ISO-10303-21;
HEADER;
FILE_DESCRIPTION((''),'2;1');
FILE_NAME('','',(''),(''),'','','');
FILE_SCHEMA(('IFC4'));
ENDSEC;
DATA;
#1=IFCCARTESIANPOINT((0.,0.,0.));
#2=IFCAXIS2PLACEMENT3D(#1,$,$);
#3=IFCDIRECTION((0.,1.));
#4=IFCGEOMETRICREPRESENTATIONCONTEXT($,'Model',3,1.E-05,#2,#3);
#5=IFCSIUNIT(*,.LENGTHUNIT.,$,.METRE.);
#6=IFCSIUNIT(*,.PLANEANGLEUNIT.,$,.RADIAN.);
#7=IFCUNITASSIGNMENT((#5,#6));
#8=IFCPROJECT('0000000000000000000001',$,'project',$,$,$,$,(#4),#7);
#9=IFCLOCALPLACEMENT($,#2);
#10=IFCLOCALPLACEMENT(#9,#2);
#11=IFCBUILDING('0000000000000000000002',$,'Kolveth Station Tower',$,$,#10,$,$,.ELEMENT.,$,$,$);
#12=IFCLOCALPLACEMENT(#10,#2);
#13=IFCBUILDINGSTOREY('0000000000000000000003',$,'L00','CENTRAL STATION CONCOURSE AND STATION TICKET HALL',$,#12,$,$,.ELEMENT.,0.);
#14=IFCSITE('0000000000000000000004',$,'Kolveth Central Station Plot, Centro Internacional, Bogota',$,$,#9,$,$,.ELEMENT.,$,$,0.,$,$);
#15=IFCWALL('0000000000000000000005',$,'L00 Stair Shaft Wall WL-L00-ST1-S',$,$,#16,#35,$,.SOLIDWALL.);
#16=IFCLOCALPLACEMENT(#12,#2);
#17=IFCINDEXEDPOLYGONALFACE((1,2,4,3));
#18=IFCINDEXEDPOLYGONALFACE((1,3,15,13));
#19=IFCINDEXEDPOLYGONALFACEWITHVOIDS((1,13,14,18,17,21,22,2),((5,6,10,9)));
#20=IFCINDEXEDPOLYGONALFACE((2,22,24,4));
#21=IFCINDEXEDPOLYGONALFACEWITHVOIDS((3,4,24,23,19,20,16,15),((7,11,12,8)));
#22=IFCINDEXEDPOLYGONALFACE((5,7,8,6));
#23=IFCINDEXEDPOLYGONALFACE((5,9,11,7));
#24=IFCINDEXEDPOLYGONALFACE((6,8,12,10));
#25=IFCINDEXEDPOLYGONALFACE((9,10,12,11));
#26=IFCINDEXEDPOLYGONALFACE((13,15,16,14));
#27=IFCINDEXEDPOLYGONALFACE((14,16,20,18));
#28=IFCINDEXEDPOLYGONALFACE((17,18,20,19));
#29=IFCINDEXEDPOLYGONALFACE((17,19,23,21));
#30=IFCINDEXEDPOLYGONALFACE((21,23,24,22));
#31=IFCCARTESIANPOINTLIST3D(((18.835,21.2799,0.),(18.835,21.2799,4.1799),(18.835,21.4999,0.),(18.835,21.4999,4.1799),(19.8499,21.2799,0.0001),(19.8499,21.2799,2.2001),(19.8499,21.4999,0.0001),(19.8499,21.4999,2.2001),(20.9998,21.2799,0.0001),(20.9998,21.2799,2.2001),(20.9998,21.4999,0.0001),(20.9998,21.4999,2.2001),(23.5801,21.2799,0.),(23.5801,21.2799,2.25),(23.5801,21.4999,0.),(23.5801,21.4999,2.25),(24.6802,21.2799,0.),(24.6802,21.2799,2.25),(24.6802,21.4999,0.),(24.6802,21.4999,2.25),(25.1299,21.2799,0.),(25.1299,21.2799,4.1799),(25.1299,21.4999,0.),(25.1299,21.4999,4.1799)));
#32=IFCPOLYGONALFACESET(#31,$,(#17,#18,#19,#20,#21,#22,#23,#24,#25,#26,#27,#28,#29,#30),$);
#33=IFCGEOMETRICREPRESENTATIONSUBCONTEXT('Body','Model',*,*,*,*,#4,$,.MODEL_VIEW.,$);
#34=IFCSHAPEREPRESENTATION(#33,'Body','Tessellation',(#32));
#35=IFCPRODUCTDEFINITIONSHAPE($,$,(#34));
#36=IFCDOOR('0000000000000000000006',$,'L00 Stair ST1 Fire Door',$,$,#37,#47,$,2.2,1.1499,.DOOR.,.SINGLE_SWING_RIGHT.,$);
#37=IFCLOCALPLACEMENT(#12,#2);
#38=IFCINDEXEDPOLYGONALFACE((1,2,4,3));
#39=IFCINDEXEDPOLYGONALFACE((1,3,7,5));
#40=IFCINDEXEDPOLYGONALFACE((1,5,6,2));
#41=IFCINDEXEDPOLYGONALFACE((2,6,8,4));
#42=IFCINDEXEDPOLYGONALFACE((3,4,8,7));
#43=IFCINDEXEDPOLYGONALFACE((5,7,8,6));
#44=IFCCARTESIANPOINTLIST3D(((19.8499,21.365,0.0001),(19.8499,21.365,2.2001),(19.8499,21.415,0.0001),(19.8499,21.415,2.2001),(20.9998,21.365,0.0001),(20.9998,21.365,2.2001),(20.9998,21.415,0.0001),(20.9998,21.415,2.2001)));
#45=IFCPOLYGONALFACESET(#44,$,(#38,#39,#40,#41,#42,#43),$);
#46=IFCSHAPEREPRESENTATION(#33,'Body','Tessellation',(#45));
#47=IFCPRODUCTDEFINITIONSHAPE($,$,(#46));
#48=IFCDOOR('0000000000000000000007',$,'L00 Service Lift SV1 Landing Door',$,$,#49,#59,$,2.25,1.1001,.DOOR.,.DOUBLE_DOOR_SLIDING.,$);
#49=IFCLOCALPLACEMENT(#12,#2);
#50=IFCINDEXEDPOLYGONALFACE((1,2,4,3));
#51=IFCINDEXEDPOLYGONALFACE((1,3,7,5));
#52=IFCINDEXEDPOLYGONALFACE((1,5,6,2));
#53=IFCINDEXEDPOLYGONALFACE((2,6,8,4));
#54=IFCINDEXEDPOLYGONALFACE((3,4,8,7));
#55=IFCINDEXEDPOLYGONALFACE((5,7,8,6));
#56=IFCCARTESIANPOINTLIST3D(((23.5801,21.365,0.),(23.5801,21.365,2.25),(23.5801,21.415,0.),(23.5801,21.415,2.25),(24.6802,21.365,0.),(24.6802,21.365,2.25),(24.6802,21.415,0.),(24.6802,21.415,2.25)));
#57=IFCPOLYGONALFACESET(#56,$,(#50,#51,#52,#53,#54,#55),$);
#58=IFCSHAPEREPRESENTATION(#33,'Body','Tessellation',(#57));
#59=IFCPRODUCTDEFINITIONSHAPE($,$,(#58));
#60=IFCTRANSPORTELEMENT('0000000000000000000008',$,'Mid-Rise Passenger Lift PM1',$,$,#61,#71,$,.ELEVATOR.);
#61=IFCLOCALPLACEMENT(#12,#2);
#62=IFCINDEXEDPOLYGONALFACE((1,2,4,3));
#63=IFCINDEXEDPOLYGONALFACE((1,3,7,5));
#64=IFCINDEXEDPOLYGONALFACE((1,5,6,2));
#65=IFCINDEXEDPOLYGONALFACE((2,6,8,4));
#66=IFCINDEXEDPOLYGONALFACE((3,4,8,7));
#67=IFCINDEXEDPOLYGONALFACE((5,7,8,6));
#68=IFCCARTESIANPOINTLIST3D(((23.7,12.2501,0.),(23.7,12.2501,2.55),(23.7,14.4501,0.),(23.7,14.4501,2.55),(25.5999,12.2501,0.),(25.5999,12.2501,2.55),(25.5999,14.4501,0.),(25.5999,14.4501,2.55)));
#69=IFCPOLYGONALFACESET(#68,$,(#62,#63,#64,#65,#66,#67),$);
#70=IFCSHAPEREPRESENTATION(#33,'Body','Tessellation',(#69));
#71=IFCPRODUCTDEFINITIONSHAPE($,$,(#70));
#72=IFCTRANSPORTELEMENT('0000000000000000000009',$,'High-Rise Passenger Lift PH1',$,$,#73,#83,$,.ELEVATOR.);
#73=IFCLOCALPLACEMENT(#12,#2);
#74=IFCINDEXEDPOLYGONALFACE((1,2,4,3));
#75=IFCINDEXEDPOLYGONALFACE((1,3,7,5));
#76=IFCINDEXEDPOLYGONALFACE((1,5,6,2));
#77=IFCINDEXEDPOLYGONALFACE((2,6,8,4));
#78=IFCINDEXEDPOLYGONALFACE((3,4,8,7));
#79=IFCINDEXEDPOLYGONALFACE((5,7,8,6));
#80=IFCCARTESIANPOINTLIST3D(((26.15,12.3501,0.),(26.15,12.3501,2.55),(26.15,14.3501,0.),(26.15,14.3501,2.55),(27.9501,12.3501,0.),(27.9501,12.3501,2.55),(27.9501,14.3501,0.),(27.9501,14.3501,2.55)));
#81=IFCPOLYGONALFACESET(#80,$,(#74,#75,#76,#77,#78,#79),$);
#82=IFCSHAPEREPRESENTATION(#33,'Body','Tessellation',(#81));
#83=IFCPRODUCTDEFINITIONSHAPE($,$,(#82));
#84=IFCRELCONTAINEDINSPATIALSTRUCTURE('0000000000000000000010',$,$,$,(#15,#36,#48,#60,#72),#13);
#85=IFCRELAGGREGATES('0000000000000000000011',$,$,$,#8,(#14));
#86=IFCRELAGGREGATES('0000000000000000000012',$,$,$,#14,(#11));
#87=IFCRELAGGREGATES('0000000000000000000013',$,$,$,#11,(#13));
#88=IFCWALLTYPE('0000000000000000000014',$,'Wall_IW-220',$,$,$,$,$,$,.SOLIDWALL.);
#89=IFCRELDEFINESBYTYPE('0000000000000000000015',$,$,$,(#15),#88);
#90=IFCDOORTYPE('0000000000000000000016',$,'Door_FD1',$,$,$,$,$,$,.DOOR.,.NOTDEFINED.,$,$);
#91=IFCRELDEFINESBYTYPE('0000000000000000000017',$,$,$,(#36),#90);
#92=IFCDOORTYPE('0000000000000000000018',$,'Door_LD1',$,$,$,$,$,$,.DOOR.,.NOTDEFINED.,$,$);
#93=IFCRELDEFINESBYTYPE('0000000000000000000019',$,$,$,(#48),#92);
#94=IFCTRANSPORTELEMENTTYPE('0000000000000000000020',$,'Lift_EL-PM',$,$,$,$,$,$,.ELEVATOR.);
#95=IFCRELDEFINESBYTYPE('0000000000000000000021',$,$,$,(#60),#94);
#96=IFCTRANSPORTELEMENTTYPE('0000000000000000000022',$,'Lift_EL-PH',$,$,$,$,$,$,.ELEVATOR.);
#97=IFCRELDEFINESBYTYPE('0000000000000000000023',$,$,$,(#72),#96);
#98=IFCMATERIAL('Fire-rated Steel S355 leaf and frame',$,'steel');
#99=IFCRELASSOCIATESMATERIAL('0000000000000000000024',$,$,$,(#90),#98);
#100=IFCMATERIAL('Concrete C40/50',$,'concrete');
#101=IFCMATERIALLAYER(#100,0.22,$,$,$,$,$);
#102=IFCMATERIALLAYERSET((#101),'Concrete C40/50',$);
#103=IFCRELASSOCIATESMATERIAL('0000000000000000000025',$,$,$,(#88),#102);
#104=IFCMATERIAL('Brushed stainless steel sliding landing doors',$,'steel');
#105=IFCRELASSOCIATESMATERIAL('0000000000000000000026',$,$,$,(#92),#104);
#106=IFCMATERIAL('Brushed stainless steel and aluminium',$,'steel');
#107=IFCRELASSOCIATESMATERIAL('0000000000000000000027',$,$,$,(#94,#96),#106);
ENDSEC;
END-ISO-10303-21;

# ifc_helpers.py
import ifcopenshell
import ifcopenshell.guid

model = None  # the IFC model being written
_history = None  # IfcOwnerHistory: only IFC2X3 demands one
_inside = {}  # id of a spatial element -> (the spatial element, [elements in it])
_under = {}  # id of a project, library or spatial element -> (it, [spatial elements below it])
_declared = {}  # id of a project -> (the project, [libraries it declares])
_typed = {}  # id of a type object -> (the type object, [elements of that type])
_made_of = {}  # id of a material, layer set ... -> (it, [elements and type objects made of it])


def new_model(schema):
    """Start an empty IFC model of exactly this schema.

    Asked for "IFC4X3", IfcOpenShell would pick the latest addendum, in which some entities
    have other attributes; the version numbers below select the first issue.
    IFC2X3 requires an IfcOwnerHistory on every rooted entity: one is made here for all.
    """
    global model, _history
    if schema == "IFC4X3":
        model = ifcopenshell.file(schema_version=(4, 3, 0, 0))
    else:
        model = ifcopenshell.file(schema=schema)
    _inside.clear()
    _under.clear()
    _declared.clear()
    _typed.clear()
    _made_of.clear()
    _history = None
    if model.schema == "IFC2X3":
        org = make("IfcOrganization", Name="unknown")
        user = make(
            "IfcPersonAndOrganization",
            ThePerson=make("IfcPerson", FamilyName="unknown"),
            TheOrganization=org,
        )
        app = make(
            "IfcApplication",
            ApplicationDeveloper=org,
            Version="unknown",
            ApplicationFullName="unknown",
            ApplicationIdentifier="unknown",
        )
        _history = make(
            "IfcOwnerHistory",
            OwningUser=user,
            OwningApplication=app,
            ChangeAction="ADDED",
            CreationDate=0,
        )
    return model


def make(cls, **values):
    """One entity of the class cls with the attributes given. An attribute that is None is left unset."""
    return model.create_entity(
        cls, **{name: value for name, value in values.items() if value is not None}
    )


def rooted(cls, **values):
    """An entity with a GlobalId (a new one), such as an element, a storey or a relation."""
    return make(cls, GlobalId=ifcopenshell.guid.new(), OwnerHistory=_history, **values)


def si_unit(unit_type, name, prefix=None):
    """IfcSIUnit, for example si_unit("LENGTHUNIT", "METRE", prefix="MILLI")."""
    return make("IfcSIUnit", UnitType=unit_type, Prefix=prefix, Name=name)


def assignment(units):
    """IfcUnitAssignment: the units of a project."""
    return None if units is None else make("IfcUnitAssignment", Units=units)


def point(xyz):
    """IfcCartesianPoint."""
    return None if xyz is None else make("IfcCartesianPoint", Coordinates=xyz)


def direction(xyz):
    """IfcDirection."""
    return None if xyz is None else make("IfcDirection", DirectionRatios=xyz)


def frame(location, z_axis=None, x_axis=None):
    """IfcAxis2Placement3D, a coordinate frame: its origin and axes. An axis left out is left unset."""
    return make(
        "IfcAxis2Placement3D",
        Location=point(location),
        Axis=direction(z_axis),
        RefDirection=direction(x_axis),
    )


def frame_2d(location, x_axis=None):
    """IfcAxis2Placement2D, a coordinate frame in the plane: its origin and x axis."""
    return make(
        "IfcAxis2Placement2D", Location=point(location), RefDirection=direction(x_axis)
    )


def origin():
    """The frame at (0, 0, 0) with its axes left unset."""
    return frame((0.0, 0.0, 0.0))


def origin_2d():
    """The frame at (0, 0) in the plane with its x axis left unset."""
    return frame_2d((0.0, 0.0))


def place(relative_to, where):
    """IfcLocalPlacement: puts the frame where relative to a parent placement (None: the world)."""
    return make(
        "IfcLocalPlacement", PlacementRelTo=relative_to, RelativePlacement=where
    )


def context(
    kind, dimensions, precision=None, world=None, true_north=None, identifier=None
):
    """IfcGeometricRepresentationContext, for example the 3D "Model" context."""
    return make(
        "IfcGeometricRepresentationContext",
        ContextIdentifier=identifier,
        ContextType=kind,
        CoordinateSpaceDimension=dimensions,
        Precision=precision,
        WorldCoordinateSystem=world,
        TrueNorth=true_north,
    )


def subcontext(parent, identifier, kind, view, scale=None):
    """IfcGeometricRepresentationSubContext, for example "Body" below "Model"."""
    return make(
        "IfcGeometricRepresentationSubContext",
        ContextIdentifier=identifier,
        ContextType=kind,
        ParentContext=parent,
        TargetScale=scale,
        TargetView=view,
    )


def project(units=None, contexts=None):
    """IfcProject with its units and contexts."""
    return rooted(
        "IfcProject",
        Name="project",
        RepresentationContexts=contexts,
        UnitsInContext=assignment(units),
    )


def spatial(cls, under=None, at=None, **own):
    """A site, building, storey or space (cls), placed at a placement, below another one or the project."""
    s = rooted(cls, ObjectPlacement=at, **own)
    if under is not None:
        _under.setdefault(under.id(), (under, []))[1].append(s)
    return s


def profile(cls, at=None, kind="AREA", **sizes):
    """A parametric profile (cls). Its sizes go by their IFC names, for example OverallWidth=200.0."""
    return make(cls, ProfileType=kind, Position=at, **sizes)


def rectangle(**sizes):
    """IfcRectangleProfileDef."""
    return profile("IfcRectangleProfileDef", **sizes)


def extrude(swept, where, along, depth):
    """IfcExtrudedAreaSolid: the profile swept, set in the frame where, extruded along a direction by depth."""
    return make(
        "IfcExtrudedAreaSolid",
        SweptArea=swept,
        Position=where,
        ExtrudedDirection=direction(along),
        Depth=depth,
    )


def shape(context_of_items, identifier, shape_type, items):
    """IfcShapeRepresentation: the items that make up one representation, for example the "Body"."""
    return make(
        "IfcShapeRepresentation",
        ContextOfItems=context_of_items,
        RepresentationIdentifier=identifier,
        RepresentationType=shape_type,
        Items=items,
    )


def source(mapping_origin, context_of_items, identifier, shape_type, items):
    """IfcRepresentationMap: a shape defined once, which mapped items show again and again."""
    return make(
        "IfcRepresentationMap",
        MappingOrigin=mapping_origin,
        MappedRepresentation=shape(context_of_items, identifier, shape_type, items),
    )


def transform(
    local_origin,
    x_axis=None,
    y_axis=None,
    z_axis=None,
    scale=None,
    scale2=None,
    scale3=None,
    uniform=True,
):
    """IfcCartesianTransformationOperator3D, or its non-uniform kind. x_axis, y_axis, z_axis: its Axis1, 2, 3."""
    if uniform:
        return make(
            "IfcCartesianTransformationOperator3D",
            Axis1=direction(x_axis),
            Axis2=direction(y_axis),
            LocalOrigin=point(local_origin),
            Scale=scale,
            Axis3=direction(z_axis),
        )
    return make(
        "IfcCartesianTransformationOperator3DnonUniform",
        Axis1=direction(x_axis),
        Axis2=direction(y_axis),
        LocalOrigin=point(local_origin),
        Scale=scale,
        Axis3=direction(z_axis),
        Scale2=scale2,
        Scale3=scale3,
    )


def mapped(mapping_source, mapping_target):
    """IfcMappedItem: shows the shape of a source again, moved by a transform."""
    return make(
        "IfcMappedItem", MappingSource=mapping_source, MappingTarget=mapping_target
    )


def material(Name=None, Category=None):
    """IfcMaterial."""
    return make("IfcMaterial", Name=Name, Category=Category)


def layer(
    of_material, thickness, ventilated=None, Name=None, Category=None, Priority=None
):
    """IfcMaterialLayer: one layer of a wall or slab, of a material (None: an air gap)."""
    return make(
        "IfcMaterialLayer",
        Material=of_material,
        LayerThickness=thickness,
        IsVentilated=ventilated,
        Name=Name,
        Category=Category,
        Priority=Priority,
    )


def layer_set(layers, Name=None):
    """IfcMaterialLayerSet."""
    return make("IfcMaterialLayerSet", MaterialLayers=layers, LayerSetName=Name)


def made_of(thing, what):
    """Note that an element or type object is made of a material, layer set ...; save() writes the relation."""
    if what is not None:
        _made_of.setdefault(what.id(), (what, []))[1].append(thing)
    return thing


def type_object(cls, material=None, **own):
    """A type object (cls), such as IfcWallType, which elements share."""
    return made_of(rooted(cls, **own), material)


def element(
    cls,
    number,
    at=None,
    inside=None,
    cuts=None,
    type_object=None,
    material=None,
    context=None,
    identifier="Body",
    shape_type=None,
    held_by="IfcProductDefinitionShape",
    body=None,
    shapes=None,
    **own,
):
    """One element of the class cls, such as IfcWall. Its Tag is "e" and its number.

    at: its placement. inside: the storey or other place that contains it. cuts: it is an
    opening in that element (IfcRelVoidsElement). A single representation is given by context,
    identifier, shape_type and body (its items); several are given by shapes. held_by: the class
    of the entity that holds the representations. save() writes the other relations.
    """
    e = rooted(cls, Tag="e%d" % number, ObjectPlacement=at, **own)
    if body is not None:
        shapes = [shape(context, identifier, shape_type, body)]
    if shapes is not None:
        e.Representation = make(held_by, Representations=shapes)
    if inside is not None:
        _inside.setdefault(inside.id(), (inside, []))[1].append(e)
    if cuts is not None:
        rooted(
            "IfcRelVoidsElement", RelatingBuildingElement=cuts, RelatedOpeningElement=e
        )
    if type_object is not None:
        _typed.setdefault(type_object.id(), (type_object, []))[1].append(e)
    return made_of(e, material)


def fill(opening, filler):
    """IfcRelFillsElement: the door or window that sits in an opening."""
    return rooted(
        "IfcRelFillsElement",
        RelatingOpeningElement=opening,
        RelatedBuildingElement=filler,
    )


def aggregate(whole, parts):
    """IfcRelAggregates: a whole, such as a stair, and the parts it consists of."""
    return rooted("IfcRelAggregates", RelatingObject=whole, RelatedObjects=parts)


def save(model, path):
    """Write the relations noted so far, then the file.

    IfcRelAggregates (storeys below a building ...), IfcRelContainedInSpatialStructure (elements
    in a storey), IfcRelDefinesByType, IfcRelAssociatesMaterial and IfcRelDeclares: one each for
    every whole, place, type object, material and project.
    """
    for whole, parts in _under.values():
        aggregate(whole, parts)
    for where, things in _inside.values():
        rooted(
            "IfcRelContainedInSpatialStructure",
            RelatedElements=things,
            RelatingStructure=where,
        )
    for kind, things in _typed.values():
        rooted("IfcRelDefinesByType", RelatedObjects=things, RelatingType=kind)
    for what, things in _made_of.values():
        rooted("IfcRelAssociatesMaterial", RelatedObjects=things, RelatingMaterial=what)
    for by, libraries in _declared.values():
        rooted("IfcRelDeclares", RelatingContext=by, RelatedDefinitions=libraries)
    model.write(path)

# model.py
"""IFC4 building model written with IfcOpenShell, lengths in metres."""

from ifc_helpers import new_model, si_unit, direction, frame, frame_2d, origin, origin_2d, place, context, subcontext, project, spatial, rectangle, extrude, source, transform, mapped, material, layer, layer_set, type_object, element, fill, save


model = new_model("IFC4")

# Units and contexts
model_context = context("Model", 3, precision=1e-05, world=origin(), true_north=direction((0.0, 1.0)))
body_context = subcontext(model_context, "Body", "Model", "MODEL_VIEW")
ifc_project = project(units=[si_unit("LENGTHUNIT", "METRE"), si_unit("PLANEANGLEUNIT", "RADIAN")], contexts=[model_context])

# Site, building, storey
site_placement = place(None, origin())
site = spatial("IfcSite", under=ifc_project, at=site_placement, Name="Kolveth Central Station Plot, Centro Internacional, Bogota", CompositionType="ELEMENT", RefElevation=0.0)
building_placement = place(site_placement, origin())
building = spatial("IfcBuilding", under=site, at=building_placement, Name="Kolveth Station Tower", CompositionType="ELEMENT")
storey_placement = place(building_placement, origin())
storey = spatial("IfcBuildingStorey", under=building, at=storey_placement, Name="L00", Description="CENTRAL STATION CONCOURSE AND STATION TICKET HALL", CompositionType="ELEMENT", Elevation=0.0)

# Shared definitions
ifc_material_1 = material(Name="Fire-rated Steel S355 leaf and frame", Category="steel")
door_type_1 = type_object("IfcDoorType", Name="Door_FD1", OperationType="NOTDEFINED", PredefinedType="DOOR", material=ifc_material_1)

# Wall, openings, doors
ifc_material_2 = material(Name="Concrete C40/50", Category="concrete")
ifc_layer_1 = layer(ifc_material_2, 0.22)
ifc_layer_set_1 = layer_set([ifc_layer_1], Name="Concrete C40/50")
wall_type_1 = type_object("IfcWallType", Name="Wall_IW-220", PredefinedType="SOLIDWALL", material=ifc_layer_set_1)
wall_1_placement = place(storey_placement, frame((18.835, 21.3899, 0.0), z_axis=(0.0, 0.0, 1.0), x_axis=(1.0, 0.0, 0.0)))
wall_1 = element("IfcWall", 1, at=wall_1_placement, inside=storey, type_object=wall_type_1, Name="L00 Stair Shaft Wall WL-L00-ST1-S", PredefinedType="SOLIDWALL", context=body_context, shape_type="SweptSolid", body=[
    extrude(rectangle(XDim=6.2949, YDim=0.22, at=frame_2d((3.1475, 0.0))), origin(), (0.0, 0.0, 1.0), 4.1799),
])
opening_1_placement = place(wall_1_placement, frame((1.0149, 0.0, 0.0)))
opening_1 = element("IfcOpeningElement", 2, at=opening_1_placement, cuts=wall_1, PredefinedType="OPENING", context=body_context, shape_type="SweptSolid", body=[
    extrude(rectangle(XDim=1.1499, YDim=2.2, at=frame_2d((0.575, 1.1001))), frame((0.0, 0.1199, 0.0), z_axis=(0.0, -1.0, 0.0), x_axis=(1.0, 0.0, 0.0)), (0.0, 0.0, 1.0), 0.24),
])
opening_2_placement = place(wall_1_placement, frame((4.7451, 0.0, 0.0)))
opening_2 = element("IfcOpeningElement", 3, at=opening_2_placement, cuts=wall_1, PredefinedType="OPENING", context=body_context, shape_type="SweptSolid", body=[
    extrude(rectangle(XDim=1.1001, YDim=2.25, at=frame_2d((0.55, 1.125))), frame((0.0, 0.1199, 0.0), z_axis=(0.0, -1.0, 0.0), x_axis=(1.0, 0.0, 0.0)), (0.0, 0.0, 1.0), 0.24),
])
door_1_placement = place(opening_1_placement, frame((1.1499, 0.0, 0.0), z_axis=(0.0, 0.0, 1.0), x_axis=(-1.0, 0.0, 0.0)))
door_1 = element("IfcDoor", 4, at=door_1_placement, inside=storey, type_object=door_type_1, Name="L00 Stair ST1 Fire Door", OperationType="SINGLE_SWING_RIGHT", OverallHeight=2.2, OverallWidth=1.1499, PredefinedType="DOOR", context=body_context, shape_type="SweptSolid", body=[
    extrude(rectangle(XDim=1.1499, YDim=2.2, at=frame_2d((0.575, 1.1001))), frame((0.0, 0.0249, 0.0), z_axis=(0.0, -1.0, 0.0), x_axis=(1.0, 0.0, 0.0)), (0.0, 0.0, 1.0), 0.05),
])
fill(opening_1, door_1)
ifc_material_3 = material(Name="Brushed stainless steel sliding landing doors", Category="steel")
door_type_2 = type_object("IfcDoorType", Name="Door_LD1", OperationType="NOTDEFINED", PredefinedType="DOOR", material=ifc_material_3)
door_2_placement = place(opening_2_placement, frame((1.1001, 0.0, 0.0), z_axis=(0.0, 0.0, 1.0), x_axis=(-1.0, 0.0, 0.0)))
door_2 = element("IfcDoor", 5, at=door_2_placement, inside=storey, type_object=door_type_2, Name="L00 Service Lift SV1 Landing Door", OperationType="DOUBLE_DOOR_SLIDING", OverallHeight=2.25, OverallWidth=1.1001, PredefinedType="DOOR", context=body_context, shape_type="SweptSolid", body=[
    extrude(rectangle(XDim=1.1001, YDim=2.25, at=frame_2d((0.55, 1.125))), frame((0.0, 0.0249, 0.0), z_axis=(0.0, -1.0, 0.0), x_axis=(1.0, 0.0, 0.0)), (0.0, 0.0, 1.0), 0.05),
])
fill(opening_2, door_2)

# Transport elements
ifc_material_4 = material(Name="Brushed stainless steel and aluminium", Category="steel")
transport_element_type_1 = type_object("IfcTransportElementType", Name="Lift_EL-PM", PredefinedType="ELEVATOR", material=ifc_material_4)
shared_shape_1 = source(origin(), body_context, "Body", "SweptSolid", [
    extrude(rectangle(XDim=1.8999, YDim=2.2, at=origin_2d()), origin(), (0.0, 0.0, 1.0), 2.55),
])
transport_element_1_placement = place(storey_placement, frame((24.6499, 13.3501, 0.0), z_axis=(0.0, 0.0, 1.0), x_axis=(1.0, 0.0, 0.0)))
element("IfcTransportElement", 6, at=transport_element_1_placement, inside=storey, type_object=transport_element_type_1, Name="Mid-Rise Passenger Lift PM1", PredefinedType="ELEVATOR", context=body_context, shape_type="MappedRepresentation", body=[
    mapped(shared_shape_1, transform((0.0, 0.0, 0.0), x_axis=(1.0, 0.0, 0.0), y_axis=(0.0, 1.0, 0.0), z_axis=(0.0, 0.0, 1.0), scale=1.0)),
])
transport_element_type_2 = type_object("IfcTransportElementType", Name="Lift_EL-PH", PredefinedType="ELEVATOR", material=ifc_material_4)
shared_shape_2 = source(origin(), body_context, "Body", "SweptSolid", [
    extrude(rectangle(XDim=1.8, YDim=2.0, at=origin_2d()), origin(), (0.0, 0.0, 1.0), 2.55),
])
transport_element_2_placement = place(storey_placement, frame((27.05, 13.3501, 0.0), z_axis=(0.0, 0.0, 1.0), x_axis=(1.0, 0.0, 0.0)))
element("IfcTransportElement", 7, at=transport_element_2_placement, inside=storey, type_object=transport_element_type_2, Name="High-Rise Passenger Lift PH1", PredefinedType="ELEVATOR", context=body_context, shape_type="MappedRepresentation", body=[
    mapped(shared_shape_2, transform((0.0, 0.0, 0.0), x_axis=(1.0, 0.0, 0.0), y_axis=(0.0, 1.0, 0.0), z_axis=(0.0, 0.0, 1.0), scale=1.0)),
])

save(model, "model.ifc")
